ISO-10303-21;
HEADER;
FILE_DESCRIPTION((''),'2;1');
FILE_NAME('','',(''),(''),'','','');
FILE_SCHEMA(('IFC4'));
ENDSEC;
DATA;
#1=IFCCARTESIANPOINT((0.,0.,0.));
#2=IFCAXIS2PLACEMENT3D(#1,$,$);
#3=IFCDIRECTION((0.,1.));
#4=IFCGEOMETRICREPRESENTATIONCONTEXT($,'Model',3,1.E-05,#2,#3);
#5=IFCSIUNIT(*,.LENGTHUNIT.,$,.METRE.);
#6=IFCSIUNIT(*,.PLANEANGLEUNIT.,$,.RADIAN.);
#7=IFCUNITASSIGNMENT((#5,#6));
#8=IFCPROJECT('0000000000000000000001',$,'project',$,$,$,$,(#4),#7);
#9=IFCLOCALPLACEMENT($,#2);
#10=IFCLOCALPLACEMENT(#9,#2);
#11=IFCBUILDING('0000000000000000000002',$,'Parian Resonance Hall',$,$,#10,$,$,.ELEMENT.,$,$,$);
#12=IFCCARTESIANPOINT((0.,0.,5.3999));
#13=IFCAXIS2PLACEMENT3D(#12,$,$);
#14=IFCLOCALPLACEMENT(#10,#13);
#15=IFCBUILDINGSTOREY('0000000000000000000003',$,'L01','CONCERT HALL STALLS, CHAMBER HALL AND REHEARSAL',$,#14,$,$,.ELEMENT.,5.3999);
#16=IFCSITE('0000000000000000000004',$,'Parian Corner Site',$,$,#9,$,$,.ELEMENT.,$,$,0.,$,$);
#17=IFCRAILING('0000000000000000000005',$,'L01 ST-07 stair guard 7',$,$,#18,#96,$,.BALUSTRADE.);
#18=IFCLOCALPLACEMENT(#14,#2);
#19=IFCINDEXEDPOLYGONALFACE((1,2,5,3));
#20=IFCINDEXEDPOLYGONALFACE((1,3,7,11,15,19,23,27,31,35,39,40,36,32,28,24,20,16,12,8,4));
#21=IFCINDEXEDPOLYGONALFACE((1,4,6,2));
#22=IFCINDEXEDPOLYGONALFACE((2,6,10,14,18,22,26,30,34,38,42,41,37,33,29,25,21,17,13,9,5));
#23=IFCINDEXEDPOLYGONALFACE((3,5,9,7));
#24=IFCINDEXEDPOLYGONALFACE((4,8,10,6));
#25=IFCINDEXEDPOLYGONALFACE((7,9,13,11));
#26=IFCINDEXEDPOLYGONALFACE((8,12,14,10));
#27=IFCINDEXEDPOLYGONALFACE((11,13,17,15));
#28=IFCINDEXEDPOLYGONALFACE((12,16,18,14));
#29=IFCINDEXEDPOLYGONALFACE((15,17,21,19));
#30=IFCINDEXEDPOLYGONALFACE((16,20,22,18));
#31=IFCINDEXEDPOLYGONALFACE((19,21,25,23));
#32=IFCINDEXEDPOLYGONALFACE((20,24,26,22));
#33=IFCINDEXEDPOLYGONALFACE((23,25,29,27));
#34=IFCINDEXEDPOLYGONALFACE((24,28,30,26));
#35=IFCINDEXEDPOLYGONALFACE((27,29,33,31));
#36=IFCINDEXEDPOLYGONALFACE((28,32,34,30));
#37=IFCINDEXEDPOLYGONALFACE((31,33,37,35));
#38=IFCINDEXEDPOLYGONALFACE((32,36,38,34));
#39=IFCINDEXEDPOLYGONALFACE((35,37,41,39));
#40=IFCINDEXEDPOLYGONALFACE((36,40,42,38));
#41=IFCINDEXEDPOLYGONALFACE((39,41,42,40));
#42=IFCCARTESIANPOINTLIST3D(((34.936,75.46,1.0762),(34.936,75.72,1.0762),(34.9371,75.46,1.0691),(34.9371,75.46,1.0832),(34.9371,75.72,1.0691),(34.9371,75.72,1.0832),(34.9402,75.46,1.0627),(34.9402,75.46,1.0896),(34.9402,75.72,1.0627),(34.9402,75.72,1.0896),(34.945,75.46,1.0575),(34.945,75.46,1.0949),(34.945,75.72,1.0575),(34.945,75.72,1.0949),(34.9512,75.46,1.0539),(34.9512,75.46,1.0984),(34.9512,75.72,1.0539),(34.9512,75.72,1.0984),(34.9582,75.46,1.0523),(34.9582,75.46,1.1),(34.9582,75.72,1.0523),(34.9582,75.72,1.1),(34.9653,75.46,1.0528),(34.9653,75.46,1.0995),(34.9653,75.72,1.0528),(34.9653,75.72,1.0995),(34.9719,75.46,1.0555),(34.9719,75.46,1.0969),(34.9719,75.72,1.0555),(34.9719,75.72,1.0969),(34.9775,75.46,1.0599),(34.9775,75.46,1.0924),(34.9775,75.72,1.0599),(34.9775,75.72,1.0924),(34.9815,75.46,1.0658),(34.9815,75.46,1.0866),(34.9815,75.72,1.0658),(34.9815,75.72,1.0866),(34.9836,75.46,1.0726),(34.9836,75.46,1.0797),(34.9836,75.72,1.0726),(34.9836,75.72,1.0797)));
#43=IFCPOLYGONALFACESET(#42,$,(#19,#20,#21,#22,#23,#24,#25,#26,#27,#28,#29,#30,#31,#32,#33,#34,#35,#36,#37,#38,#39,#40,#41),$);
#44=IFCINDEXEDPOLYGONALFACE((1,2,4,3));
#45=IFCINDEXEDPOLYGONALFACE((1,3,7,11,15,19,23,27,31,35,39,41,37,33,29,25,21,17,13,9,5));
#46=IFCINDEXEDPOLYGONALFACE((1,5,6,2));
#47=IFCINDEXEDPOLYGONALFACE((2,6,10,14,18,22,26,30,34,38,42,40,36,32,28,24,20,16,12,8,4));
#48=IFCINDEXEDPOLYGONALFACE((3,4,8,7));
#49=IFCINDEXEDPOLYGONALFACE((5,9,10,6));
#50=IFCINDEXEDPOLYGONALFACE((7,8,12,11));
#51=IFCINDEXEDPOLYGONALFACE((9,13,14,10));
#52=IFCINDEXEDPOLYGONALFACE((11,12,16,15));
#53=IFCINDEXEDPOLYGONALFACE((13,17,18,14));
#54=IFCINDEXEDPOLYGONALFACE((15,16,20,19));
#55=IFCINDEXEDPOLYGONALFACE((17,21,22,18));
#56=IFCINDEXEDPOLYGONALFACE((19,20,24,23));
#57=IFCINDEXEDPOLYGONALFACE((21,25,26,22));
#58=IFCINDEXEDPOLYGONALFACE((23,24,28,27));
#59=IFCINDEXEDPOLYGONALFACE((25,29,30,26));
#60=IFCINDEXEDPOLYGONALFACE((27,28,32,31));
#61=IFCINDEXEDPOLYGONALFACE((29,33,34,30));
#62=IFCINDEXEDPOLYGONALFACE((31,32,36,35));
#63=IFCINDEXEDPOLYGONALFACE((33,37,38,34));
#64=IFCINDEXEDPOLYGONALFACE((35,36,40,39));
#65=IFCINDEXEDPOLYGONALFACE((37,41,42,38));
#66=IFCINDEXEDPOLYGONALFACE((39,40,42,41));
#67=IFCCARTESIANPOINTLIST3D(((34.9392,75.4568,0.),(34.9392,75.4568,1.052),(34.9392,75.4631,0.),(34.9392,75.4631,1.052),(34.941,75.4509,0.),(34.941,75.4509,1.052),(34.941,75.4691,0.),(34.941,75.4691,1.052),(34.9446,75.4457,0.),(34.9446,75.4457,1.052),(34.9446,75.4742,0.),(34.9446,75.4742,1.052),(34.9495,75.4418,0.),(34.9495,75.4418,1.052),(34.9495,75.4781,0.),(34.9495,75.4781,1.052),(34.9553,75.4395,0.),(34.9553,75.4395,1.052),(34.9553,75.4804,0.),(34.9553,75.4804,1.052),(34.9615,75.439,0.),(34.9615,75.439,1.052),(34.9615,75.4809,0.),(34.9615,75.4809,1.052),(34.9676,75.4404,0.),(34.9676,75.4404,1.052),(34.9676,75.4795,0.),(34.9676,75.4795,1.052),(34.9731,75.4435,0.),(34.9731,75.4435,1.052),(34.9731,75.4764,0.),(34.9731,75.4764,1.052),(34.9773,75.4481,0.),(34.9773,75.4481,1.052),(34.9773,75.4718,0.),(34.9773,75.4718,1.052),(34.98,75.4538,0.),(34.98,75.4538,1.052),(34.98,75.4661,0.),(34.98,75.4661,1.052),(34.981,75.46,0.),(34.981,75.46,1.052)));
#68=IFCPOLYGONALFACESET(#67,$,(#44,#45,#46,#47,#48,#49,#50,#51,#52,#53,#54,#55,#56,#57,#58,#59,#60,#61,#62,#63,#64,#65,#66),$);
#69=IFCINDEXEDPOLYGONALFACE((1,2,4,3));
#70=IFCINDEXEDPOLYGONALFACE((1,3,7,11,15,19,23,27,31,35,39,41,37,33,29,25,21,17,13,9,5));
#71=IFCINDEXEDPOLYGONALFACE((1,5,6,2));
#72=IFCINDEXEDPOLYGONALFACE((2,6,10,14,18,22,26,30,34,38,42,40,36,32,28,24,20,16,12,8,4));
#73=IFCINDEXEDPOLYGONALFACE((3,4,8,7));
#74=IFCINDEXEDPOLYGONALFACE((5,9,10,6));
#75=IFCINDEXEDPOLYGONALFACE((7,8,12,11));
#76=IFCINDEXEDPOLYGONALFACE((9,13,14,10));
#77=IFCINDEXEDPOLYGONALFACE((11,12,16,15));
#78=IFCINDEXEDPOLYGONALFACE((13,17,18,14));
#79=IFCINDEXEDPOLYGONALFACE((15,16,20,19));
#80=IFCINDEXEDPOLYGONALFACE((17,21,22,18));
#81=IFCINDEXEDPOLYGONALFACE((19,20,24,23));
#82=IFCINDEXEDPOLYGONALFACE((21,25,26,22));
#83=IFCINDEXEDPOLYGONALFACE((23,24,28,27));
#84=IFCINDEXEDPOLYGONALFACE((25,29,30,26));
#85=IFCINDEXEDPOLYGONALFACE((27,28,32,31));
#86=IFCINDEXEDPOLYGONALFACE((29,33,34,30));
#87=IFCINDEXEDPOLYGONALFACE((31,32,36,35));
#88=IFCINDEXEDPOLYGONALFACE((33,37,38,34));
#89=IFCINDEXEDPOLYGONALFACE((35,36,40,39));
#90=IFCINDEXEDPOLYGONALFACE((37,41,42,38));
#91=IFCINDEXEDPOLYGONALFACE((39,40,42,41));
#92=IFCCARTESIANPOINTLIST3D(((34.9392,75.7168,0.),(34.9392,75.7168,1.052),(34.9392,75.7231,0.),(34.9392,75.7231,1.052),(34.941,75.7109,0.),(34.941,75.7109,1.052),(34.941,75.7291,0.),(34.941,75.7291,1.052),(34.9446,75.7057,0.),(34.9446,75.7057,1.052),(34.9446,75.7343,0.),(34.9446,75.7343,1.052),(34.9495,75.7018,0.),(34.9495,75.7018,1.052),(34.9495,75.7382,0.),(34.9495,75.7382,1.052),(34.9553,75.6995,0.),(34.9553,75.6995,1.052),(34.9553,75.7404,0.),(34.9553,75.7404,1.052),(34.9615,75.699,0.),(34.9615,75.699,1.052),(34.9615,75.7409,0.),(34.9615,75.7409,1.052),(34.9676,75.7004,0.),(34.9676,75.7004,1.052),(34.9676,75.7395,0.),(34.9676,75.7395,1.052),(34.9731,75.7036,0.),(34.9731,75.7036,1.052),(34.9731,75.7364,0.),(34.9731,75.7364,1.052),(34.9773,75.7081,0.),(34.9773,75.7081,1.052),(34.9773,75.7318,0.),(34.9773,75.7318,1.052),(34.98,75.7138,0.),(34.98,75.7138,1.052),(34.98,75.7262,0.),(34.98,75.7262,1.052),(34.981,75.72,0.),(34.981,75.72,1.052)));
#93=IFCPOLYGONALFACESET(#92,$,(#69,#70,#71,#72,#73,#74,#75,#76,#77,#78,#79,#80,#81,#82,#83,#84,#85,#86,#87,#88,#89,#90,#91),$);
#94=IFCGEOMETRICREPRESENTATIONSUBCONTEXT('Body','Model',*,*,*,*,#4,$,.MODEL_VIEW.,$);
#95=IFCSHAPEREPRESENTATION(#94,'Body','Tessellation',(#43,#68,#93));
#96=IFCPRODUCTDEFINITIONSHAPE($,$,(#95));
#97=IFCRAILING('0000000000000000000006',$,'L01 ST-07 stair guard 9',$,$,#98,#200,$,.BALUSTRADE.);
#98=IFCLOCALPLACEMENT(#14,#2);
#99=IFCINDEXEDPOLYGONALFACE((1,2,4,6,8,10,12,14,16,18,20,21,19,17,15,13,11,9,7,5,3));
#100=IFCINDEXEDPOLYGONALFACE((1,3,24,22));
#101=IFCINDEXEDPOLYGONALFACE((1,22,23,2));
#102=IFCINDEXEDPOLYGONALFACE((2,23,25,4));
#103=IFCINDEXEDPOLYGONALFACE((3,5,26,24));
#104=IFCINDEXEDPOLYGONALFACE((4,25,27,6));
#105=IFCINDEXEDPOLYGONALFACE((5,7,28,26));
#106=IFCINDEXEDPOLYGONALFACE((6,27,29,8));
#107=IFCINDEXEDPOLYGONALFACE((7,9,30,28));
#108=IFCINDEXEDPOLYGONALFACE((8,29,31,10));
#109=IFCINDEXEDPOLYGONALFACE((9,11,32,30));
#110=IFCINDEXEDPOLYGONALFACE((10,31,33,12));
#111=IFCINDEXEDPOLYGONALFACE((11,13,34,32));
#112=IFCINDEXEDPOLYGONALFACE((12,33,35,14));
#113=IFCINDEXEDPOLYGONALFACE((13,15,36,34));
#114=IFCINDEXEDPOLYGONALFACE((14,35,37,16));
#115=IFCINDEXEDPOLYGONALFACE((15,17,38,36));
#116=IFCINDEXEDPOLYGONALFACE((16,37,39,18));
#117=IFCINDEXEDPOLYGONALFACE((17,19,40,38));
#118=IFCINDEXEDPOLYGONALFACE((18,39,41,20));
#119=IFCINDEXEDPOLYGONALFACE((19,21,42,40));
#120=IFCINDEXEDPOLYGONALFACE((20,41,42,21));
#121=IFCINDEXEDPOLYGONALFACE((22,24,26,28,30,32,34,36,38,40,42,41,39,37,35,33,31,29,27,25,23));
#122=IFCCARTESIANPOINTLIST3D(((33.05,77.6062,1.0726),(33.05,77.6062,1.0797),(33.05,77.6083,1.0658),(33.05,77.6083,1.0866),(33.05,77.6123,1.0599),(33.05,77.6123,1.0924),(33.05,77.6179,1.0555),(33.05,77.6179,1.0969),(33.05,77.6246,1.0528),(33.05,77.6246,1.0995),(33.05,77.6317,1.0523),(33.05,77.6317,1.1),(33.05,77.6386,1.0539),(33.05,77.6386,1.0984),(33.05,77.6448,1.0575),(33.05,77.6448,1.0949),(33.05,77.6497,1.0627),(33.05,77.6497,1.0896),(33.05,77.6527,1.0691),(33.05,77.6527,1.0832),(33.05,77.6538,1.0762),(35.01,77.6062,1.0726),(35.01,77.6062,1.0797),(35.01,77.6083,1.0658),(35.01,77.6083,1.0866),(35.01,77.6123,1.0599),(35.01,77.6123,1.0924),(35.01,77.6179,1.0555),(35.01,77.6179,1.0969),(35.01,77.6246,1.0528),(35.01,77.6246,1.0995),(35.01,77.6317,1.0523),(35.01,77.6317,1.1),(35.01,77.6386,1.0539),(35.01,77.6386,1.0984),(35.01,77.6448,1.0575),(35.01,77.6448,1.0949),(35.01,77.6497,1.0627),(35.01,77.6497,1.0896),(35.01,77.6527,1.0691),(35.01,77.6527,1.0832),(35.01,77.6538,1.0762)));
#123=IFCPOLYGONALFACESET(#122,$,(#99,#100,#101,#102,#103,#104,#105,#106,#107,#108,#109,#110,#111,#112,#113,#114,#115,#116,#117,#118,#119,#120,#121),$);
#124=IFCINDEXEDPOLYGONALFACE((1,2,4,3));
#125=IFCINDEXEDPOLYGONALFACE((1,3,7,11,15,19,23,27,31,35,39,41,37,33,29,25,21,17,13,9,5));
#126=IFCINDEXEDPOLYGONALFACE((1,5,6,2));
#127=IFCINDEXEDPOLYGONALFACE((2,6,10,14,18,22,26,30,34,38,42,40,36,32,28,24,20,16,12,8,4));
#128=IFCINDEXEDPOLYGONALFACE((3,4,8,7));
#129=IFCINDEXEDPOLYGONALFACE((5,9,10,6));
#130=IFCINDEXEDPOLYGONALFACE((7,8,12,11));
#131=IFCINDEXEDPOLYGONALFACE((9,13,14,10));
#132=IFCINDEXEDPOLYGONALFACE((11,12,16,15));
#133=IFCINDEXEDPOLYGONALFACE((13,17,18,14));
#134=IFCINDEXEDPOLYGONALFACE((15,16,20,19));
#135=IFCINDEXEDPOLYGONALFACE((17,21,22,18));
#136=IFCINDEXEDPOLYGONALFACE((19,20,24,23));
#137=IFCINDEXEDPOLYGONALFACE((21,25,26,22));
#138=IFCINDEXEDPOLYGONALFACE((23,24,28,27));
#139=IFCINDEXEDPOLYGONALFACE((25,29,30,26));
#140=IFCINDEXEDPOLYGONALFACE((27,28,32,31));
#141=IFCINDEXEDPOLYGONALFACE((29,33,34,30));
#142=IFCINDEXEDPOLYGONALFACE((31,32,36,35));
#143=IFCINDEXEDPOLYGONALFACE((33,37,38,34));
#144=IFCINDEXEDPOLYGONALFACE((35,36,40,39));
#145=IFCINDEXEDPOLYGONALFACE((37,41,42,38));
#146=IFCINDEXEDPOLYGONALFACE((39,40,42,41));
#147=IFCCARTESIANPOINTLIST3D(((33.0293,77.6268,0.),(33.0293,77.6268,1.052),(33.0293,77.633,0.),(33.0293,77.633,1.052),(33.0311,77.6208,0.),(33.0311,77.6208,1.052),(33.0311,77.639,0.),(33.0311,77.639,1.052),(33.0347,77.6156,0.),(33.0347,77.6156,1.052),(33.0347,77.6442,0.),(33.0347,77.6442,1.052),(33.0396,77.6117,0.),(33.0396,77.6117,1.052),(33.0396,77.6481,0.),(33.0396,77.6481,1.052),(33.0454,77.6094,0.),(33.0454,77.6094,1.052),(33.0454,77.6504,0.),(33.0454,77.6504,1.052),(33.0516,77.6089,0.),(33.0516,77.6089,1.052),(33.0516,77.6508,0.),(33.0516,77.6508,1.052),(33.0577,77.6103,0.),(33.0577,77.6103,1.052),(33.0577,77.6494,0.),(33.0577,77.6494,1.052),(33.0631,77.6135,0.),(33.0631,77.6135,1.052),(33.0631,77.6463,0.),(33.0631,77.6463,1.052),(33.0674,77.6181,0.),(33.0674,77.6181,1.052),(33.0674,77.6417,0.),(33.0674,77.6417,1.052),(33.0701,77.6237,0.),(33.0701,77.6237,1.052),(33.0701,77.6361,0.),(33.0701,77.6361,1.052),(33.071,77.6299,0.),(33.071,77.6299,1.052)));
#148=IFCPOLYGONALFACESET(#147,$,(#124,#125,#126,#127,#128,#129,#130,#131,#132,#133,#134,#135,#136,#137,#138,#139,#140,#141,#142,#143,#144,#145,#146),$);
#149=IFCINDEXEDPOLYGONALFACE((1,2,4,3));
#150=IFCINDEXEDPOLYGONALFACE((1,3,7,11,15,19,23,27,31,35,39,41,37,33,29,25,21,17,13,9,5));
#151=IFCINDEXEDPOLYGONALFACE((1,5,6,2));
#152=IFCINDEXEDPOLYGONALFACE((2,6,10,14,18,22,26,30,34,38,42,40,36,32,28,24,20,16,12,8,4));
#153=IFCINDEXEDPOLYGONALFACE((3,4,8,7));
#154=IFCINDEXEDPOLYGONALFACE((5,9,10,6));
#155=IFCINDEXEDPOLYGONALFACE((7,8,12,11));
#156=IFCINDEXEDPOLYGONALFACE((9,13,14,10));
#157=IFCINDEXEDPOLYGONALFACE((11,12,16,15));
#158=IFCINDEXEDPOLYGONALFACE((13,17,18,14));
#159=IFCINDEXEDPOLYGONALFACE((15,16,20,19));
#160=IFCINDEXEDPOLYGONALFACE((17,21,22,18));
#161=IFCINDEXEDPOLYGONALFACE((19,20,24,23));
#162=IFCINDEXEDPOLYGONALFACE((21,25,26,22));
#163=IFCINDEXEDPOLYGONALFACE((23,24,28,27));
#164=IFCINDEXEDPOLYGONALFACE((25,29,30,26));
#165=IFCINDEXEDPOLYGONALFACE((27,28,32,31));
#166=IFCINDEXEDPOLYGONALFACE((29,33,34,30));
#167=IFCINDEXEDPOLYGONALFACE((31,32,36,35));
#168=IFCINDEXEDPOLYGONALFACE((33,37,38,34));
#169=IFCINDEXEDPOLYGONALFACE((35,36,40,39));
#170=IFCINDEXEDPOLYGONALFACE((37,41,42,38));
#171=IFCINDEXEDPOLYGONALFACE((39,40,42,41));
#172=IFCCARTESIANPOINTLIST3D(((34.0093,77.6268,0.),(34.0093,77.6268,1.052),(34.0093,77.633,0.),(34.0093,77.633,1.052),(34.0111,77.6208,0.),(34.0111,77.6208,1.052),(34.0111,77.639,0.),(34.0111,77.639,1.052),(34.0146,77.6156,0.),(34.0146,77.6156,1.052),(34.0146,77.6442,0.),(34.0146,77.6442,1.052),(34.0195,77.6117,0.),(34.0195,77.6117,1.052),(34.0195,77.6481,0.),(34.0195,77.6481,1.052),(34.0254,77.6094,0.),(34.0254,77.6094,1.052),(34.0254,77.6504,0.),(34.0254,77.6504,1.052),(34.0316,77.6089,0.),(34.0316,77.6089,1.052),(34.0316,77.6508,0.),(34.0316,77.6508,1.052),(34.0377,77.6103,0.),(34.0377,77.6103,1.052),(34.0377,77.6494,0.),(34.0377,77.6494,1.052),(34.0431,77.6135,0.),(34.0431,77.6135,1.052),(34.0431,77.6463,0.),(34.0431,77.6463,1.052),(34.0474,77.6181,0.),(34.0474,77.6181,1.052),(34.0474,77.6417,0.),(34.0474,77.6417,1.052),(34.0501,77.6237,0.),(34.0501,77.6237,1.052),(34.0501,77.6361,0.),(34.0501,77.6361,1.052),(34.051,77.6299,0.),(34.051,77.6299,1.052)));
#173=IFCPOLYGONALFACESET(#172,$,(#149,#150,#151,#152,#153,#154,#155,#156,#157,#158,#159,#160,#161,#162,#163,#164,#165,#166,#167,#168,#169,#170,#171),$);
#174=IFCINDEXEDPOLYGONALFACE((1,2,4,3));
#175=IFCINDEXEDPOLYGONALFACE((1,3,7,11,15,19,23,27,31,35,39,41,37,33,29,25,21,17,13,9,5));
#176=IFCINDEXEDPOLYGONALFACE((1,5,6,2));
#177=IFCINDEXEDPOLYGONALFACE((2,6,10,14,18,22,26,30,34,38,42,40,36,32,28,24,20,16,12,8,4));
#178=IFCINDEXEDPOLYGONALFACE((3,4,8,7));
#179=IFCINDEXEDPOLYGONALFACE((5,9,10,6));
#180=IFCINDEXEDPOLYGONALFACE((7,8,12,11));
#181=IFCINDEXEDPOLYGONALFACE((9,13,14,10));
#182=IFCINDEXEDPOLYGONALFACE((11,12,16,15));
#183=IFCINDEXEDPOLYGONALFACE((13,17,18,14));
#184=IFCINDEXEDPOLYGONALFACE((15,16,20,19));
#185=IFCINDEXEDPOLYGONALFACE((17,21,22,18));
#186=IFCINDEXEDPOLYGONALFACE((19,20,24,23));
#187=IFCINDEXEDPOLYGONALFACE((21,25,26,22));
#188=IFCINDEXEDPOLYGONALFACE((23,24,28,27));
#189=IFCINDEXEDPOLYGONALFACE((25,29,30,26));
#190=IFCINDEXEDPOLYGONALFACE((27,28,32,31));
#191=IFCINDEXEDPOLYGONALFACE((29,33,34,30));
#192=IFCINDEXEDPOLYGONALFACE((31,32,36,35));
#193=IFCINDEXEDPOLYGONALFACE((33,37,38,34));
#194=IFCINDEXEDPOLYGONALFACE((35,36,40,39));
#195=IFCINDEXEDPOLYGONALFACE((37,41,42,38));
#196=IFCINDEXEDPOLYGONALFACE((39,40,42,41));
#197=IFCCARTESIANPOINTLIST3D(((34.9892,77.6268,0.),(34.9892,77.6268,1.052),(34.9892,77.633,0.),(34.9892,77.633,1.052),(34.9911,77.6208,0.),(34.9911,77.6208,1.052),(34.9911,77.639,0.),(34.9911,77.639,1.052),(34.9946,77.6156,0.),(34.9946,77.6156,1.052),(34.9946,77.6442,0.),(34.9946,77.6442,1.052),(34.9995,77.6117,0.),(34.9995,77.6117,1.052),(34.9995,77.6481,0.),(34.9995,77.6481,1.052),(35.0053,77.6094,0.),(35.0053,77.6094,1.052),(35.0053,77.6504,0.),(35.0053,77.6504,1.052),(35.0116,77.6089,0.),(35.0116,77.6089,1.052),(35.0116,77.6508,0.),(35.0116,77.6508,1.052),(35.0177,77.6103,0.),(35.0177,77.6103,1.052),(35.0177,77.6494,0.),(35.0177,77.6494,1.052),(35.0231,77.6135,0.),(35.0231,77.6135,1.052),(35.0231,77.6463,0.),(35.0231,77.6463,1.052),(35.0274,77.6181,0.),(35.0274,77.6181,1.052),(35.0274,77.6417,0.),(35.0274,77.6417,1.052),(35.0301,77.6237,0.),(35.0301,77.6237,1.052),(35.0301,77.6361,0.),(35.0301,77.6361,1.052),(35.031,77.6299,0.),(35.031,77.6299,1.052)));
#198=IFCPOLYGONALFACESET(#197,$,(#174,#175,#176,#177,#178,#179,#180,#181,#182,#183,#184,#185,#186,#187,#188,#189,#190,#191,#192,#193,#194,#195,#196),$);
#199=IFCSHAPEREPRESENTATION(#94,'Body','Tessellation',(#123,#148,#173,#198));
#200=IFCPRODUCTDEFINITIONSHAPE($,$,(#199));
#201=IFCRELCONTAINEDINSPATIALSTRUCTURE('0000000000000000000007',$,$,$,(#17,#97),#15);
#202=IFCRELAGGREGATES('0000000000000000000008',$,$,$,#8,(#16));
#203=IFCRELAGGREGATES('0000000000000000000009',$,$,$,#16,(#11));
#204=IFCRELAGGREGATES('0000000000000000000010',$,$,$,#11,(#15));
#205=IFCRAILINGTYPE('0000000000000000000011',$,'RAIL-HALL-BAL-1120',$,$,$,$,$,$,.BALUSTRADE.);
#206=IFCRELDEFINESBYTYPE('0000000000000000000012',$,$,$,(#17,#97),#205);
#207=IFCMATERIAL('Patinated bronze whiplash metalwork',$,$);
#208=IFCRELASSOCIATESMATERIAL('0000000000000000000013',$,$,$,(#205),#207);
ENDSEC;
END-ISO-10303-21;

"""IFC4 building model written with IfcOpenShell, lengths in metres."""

from ifc_helpers import new_model, si_unit, direction, frame, origin, origin_2d, place, context, subcontext, project, spatial, circle, extrude, material, type_object, element, save


model = new_model("IFC4")

# Units and contexts
model_context = context("Model", 3, precision=1e-05, world=origin(), true_north=direction((0.0, 1.0)))
body_context = subcontext(model_context, "Body", "Model", "MODEL_VIEW")
ifc_project = project(units=[si_unit("LENGTHUNIT", "METRE"), si_unit("PLANEANGLEUNIT", "RADIAN")], contexts=[model_context])

# Site, building, storey
site_placement = place(None, origin())
site = spatial("IfcSite", under=ifc_project, at=site_placement, Name="Parian Corner Site", CompositionType="ELEMENT", RefElevation=0.0)
building_placement = place(site_placement, origin())
building = spatial("IfcBuilding", under=site, at=building_placement, Name="Parian Resonance Hall", CompositionType="ELEMENT")
storey_placement = place(building_placement, frame((0.0, 0.0, 5.3999)))
storey = spatial("IfcBuildingStorey", under=building, at=storey_placement, Name="L01", Description="CONCERT HALL STALLS, CHAMBER HALL AND REHEARSAL", CompositionType="ELEMENT", Elevation=5.3999)

# Railings
ifc_material_1 = material(Name="Patinated bronze whiplash metalwork")
railing_type_1 = type_object("IfcRailingType", Name="RAIL-HALL-BAL-1120", PredefinedType="BALUSTRADE", material=ifc_material_1)
railing_1_placement = place(storey_placement, frame((34.96, 75.46, 0.0)))
element("IfcRailing", 1, at=railing_1_placement, inside=storey, type_object=railing_type_1, Name="L01 ST-07 stair guard 7", PredefinedType="BALUSTRADE", context=body_context, shape_type="SweptSolid", body=[
    extrude(circle(Radius=0.0239, at=origin_2d()), frame((0.0, 0.0, 1.0762), z_axis=(0.0, 1.0, 0.0), x_axis=(-1.0, 0.0, 0.0)), (0.0, 0.0, 1.0), 0.26),
    extrude(circle(Radius=0.021, at=origin_2d()), origin(), (0.0, 0.0, 1.0), 1.052),
    extrude(circle(Radius=0.021, at=origin_2d()), frame((0.0, 0.26, 0.0)), (0.0, 0.0, 1.0), 1.052),
])
railing_2_placement = place(storey_placement, frame((33.05, 77.6299, 0.0)))
element("IfcRailing", 2, at=railing_2_placement, inside=storey, type_object=railing_type_1, Name="L01 ST-07 stair guard 9", PredefinedType="BALUSTRADE", context=body_context, shape_type="SweptSolid", body=[
    extrude(circle(Radius=0.0239, at=origin_2d()), frame((0.0, 0.0, 1.0762), z_axis=(1.0, 0.0, 0.0), x_axis=(0.0, 1.0, 0.0)), (0.0, 0.0, 1.0), 1.96),
    extrude(circle(Radius=0.021, at=origin_2d()), origin(), (0.0, 0.0, 1.0), 1.052),
    extrude(circle(Radius=0.021, at=origin_2d()), frame((0.98, 0.0, 0.0)), (0.0, 0.0, 1.0), 1.052),
    extrude(circle(Radius=0.021, at=origin_2d()), frame((1.96, 0.0, 0.0)), (0.0, 0.0, 1.0), 1.052),
])

save(model, "model.ifc")
